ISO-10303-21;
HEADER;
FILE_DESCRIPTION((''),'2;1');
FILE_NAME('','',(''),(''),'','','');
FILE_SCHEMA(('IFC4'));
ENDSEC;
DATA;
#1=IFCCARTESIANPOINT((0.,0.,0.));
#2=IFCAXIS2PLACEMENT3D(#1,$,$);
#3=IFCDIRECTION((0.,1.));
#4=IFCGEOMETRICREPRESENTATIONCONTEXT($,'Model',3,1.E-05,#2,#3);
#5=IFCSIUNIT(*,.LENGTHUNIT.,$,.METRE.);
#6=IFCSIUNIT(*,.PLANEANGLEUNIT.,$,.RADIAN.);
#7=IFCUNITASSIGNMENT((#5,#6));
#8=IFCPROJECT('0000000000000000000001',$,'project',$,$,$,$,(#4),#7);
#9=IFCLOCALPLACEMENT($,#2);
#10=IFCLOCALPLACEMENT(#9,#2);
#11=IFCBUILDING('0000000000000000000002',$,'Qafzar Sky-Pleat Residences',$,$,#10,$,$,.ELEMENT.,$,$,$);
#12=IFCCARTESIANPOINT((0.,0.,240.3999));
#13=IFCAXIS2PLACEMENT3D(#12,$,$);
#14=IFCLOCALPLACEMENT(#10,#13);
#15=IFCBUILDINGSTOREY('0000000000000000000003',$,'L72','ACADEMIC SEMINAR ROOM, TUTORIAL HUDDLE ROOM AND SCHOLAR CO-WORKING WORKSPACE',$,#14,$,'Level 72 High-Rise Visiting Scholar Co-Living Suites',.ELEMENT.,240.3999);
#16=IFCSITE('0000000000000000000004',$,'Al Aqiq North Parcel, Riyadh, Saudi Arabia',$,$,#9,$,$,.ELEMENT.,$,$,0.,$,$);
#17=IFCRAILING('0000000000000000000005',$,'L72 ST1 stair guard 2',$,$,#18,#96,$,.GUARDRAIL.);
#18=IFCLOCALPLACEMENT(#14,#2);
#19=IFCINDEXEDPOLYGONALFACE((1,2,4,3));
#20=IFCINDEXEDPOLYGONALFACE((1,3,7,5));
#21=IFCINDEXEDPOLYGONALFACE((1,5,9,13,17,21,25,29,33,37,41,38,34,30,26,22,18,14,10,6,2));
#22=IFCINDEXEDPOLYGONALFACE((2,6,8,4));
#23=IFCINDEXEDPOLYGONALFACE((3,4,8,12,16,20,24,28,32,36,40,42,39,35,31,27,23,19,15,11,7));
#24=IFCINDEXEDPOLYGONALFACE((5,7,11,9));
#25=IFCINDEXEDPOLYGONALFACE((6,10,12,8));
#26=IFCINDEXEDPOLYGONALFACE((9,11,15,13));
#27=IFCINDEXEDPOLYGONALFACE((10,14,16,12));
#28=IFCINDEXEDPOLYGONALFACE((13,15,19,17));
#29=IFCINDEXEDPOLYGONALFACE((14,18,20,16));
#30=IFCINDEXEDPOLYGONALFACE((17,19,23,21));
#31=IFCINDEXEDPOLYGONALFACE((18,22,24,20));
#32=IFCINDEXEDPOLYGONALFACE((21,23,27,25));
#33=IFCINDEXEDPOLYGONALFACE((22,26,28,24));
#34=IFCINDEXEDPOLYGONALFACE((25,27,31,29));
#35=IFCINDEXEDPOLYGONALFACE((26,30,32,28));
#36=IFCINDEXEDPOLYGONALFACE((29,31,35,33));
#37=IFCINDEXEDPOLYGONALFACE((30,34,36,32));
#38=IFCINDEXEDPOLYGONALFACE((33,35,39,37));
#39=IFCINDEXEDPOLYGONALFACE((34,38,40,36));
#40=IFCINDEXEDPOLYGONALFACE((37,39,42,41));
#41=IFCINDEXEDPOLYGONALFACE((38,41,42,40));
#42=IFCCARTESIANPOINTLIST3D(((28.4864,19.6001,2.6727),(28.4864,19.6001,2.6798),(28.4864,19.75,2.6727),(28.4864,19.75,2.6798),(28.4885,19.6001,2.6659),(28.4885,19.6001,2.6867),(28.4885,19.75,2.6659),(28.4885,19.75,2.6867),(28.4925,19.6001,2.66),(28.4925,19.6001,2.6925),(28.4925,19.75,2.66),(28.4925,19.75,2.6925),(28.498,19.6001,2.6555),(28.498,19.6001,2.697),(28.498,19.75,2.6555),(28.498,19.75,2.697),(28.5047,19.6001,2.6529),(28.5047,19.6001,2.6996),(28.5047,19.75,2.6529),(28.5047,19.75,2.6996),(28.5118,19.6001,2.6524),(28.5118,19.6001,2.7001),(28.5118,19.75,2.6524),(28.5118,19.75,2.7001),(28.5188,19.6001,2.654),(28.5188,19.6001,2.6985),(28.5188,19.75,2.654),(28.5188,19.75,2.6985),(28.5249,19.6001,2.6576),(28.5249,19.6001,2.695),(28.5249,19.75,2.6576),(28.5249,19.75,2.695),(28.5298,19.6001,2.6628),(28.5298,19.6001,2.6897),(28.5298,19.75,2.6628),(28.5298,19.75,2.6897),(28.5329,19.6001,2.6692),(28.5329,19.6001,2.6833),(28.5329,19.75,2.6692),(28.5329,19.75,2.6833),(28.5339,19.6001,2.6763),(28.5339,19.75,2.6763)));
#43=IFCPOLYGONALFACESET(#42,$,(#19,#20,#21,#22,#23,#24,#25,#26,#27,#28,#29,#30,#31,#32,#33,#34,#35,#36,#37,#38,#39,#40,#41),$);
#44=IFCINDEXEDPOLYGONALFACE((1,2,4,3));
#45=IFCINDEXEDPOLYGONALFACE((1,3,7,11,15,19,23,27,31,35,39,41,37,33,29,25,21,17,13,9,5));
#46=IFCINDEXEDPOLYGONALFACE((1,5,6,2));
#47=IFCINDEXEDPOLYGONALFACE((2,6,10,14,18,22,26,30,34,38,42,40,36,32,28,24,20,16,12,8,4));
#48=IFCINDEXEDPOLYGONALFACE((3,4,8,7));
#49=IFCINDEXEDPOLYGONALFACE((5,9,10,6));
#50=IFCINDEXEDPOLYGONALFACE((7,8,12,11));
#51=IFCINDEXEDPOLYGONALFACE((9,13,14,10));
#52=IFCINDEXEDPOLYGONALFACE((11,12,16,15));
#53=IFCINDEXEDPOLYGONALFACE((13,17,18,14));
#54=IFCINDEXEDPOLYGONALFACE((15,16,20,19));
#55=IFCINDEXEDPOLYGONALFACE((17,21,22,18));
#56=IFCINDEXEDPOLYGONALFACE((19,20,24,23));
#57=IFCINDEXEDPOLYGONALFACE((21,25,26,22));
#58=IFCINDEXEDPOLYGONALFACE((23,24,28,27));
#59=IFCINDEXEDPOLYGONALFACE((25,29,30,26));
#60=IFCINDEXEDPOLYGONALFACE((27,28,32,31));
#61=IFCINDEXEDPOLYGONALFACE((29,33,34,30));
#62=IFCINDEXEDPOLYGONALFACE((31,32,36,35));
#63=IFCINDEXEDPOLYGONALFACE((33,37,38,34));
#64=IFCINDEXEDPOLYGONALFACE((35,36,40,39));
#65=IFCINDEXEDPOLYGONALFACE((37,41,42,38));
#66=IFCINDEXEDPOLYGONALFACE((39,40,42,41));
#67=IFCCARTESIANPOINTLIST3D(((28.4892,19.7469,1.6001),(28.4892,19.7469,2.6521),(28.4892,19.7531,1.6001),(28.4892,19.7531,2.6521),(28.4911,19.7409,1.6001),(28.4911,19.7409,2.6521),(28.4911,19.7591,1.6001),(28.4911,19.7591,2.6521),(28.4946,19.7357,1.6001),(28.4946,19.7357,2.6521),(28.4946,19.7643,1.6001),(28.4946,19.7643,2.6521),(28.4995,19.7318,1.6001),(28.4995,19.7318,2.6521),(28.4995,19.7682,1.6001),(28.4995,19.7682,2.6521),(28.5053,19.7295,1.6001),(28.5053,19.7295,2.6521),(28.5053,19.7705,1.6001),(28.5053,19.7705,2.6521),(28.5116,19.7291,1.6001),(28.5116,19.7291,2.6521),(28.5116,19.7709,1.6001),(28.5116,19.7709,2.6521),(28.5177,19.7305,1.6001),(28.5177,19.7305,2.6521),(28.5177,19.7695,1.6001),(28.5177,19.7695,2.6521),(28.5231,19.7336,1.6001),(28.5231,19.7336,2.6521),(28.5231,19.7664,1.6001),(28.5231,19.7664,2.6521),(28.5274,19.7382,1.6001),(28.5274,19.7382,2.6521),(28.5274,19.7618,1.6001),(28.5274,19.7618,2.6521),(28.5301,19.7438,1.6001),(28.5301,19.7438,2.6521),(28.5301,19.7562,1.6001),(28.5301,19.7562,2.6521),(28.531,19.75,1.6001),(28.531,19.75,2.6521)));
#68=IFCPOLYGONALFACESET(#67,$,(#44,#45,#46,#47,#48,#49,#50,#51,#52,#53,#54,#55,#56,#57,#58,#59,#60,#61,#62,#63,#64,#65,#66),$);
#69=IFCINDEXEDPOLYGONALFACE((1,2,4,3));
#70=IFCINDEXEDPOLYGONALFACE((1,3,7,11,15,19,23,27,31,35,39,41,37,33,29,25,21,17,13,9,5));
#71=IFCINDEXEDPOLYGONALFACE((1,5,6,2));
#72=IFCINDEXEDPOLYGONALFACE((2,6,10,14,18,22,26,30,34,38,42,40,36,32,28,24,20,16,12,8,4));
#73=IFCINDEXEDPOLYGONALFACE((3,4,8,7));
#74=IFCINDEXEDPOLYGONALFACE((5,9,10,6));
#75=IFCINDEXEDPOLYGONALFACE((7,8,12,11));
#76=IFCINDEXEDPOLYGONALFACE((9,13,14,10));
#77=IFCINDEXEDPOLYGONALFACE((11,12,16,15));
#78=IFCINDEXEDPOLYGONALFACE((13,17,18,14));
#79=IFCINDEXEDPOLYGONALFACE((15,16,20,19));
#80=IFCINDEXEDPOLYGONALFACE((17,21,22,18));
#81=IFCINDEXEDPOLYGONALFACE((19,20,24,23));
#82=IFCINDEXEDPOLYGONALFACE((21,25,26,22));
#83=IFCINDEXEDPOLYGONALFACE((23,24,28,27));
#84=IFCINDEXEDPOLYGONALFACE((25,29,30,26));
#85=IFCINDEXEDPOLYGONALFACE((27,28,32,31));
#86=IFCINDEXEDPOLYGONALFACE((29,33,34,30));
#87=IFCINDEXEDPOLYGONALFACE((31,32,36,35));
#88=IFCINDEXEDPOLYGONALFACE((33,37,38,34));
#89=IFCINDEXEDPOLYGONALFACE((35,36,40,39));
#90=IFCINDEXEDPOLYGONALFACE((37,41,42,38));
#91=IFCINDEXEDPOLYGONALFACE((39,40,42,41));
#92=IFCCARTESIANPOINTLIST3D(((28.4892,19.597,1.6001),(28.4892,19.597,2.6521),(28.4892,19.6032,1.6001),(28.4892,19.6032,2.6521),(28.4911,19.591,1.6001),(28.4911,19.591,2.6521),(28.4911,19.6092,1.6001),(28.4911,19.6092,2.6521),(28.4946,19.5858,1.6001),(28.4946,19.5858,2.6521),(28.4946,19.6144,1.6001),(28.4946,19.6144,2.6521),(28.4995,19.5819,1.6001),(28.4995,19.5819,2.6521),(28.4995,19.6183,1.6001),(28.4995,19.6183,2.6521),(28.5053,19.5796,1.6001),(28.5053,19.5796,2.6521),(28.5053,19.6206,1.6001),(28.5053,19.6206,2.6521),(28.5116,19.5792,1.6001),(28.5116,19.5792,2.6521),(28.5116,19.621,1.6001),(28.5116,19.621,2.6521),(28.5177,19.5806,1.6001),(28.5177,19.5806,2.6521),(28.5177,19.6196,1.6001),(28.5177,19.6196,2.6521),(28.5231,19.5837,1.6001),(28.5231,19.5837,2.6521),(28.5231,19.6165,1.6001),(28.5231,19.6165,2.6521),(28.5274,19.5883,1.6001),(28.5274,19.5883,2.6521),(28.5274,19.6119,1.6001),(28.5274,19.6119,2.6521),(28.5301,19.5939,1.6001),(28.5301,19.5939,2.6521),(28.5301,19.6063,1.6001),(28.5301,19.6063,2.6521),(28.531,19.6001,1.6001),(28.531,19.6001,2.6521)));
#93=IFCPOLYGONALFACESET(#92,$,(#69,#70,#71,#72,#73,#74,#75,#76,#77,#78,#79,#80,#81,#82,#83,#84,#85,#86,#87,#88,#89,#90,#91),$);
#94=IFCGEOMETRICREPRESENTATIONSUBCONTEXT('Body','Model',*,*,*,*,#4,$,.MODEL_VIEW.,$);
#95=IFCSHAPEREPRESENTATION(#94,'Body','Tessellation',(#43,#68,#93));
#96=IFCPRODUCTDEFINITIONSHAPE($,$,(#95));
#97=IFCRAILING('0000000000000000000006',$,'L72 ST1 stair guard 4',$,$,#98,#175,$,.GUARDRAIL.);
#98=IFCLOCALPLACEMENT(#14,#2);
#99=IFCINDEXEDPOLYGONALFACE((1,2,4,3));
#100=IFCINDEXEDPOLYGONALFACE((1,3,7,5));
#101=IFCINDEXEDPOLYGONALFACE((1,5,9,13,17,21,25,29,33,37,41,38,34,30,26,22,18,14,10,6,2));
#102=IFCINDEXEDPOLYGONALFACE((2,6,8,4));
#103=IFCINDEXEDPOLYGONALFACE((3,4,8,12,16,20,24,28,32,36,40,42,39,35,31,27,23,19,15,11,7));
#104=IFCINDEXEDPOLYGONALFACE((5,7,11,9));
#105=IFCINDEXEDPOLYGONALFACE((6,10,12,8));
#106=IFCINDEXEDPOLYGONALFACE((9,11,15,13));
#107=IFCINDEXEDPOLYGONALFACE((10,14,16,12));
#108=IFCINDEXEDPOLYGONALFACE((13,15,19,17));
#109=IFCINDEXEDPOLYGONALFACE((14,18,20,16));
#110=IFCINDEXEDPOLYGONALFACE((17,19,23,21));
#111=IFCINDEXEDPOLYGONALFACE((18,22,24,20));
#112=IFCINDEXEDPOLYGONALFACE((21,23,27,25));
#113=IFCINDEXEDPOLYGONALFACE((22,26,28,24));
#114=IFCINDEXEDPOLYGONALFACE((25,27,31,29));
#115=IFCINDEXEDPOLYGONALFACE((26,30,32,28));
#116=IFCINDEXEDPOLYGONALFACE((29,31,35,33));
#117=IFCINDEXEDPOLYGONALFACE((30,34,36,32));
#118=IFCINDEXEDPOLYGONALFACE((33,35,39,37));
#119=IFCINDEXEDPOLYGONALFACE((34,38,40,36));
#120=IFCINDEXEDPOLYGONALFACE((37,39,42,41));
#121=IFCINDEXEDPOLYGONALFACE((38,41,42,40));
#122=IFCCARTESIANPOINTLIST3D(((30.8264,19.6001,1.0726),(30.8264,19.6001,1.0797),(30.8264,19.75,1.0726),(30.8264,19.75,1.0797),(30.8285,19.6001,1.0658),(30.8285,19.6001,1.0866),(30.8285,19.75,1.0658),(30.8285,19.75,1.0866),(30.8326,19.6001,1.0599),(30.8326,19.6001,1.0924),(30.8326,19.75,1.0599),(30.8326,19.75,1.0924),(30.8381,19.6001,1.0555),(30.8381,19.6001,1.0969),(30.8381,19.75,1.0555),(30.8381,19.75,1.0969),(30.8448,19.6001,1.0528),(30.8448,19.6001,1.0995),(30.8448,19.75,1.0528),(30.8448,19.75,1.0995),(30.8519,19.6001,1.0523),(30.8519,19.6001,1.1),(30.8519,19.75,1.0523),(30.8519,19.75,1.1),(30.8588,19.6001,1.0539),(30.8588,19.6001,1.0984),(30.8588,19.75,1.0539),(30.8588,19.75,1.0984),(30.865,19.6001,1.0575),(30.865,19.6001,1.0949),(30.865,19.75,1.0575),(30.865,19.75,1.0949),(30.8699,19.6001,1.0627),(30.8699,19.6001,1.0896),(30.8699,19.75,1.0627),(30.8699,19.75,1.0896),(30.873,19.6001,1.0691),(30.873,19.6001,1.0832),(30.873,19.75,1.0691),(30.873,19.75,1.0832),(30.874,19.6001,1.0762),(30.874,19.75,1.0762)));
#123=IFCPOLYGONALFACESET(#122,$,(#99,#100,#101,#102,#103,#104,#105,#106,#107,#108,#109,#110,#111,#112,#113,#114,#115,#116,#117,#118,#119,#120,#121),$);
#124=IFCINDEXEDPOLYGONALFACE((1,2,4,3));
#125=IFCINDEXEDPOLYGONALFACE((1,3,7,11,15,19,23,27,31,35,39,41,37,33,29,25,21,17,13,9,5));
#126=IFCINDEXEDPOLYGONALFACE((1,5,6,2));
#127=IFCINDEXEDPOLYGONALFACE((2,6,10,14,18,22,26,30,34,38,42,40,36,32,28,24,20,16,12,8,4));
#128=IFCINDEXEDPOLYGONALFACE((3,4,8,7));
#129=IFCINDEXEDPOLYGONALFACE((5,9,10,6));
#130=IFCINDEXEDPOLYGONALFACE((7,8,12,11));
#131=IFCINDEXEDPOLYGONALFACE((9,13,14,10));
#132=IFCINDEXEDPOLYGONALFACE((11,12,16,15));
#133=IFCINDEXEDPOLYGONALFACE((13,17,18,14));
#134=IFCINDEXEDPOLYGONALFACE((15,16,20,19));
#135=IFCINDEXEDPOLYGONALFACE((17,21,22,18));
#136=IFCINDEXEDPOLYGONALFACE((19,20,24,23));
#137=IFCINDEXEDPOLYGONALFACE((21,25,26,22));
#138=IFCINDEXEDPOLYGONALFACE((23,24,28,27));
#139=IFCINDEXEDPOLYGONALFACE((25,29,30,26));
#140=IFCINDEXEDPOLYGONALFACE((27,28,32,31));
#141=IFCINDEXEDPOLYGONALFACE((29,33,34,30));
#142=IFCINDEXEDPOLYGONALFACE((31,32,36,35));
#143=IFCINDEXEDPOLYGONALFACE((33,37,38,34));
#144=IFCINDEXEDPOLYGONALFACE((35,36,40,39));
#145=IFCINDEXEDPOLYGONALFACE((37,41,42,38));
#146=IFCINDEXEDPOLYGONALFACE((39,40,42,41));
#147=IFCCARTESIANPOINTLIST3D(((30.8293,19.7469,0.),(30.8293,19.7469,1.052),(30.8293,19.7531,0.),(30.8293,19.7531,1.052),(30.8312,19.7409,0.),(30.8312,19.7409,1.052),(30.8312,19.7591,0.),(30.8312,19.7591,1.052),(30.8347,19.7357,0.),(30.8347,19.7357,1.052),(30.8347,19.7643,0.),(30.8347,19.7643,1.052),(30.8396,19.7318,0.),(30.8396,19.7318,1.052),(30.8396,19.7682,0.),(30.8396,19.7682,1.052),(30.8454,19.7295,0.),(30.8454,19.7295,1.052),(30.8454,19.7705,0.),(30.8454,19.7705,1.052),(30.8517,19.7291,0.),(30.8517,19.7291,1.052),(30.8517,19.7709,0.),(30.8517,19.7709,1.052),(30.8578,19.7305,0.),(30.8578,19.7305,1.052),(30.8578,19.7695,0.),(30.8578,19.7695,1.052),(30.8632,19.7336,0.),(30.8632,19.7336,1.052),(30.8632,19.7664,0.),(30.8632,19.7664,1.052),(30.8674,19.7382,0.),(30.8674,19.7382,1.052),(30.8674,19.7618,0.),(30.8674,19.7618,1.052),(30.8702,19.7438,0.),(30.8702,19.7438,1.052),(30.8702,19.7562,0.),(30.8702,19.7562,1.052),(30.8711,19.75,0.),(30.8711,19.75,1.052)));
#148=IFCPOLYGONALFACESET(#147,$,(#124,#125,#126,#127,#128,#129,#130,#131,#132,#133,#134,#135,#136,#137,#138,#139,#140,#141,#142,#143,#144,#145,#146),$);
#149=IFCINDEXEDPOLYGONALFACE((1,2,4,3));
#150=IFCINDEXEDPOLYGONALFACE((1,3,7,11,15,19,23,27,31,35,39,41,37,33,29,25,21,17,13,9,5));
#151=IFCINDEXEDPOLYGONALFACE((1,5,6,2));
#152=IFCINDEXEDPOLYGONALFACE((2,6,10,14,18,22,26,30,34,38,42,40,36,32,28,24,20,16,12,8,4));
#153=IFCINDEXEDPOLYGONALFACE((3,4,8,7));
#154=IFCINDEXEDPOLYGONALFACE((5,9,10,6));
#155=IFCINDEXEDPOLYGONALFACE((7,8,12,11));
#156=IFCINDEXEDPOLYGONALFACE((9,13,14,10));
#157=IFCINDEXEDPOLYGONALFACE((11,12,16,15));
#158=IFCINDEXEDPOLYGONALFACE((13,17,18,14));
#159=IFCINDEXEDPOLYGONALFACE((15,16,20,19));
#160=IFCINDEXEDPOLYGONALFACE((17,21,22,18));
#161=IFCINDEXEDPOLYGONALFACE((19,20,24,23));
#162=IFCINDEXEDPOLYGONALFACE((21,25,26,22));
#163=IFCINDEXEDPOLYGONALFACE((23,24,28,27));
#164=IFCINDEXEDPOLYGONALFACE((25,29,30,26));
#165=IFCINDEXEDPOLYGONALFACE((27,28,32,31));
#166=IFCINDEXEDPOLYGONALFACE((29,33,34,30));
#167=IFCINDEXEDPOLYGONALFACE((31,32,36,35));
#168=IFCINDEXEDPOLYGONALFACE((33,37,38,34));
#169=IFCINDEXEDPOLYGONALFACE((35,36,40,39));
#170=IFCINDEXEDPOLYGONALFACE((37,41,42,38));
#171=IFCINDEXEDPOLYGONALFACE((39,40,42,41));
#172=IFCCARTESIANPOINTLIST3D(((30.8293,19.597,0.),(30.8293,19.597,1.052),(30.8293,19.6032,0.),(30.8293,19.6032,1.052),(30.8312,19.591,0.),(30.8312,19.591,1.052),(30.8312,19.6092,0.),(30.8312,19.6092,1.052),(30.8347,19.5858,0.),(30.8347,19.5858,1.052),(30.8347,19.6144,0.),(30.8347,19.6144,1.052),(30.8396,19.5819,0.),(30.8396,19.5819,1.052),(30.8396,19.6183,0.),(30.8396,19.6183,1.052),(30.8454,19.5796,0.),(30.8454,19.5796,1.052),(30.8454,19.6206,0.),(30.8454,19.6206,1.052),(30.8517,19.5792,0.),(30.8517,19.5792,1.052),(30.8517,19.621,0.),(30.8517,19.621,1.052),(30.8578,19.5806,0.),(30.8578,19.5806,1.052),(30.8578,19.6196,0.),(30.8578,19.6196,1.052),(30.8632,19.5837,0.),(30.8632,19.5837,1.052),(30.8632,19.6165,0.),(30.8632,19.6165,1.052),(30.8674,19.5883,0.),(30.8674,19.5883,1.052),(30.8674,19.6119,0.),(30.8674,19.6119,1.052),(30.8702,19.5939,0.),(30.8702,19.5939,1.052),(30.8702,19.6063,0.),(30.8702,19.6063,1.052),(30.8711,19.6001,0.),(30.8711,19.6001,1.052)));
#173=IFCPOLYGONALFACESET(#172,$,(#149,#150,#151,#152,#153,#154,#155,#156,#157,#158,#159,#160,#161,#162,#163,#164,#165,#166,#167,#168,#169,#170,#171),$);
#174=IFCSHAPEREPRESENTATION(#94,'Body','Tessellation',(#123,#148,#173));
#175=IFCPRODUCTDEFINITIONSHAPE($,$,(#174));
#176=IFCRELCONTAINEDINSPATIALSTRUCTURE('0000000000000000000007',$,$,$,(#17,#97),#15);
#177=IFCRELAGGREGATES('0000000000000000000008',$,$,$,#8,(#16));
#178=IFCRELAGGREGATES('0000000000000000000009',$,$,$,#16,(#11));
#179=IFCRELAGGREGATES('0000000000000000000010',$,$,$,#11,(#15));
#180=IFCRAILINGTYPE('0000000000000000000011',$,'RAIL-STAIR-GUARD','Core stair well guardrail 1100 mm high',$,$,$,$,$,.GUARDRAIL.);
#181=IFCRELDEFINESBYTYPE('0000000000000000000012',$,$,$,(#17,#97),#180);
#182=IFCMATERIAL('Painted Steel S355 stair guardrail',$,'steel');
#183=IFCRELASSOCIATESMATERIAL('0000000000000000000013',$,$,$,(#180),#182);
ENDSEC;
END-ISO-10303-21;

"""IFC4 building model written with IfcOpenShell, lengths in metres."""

from ifc_helpers import new_model, si_unit, direction, frame, origin, origin_2d, place, context, subcontext, project, spatial, circle, extrude, source, transform, mapped, material, type_object, element, save


model = new_model("IFC4")

# Units and contexts
model_context = context("Model", 3, precision=1e-05, world=origin(), true_north=direction((0.0, 1.0)))
body_context = subcontext(model_context, "Body", "Model", "MODEL_VIEW")
ifc_project = project(units=[si_unit("LENGTHUNIT", "METRE"), si_unit("PLANEANGLEUNIT", "RADIAN")], contexts=[model_context])

# Site, building, storey
site_placement = place(None, origin())
site = spatial("IfcSite", under=ifc_project, at=site_placement, Name="Al Aqiq North Parcel, Riyadh, Saudi Arabia", CompositionType="ELEMENT", RefElevation=0.0)
building_placement = place(site_placement, origin())
building = spatial("IfcBuilding", under=site, at=building_placement, Name="Qafzar Sky-Pleat Residences", CompositionType="ELEMENT")
storey_placement = place(building_placement, frame((0.0, 0.0, 240.3999)))
storey = spatial("IfcBuildingStorey", under=building, at=storey_placement, Name="L72", Description="ACADEMIC SEMINAR ROOM, TUTORIAL HUDDLE ROOM AND SCHOLAR CO-WORKING WORKSPACE", LongName="Level 72 High-Rise Visiting Scholar Co-Living Suites", CompositionType="ELEMENT", Elevation=240.3999)

# Railings
ifc_material_1 = material(Name="Painted Steel S355 stair guardrail", Category="steel")
railing_type_1 = type_object("IfcRailingType", Name="RAIL-STAIR-GUARD", Description="Core stair well guardrail 1100 mm high", PredefinedType="GUARDRAIL", material=ifc_material_1)
shared_shape_1 = source(origin(), body_context, "Body", "SweptSolid", [
    extrude(circle(Radius=0.0239, at=origin_2d()), frame((0.0, 0.0, 1.0762), z_axis=(0.0, -1.0, 0.0), x_axis=(1.0, 0.0, 0.0)), (0.0, 0.0, 1.0), 0.1499),
    extrude(circle(Radius=0.021, at=origin_2d()), origin(), (0.0, 0.0, 1.0), 1.052),
    extrude(circle(Radius=0.021, at=origin_2d()), frame((0.0, -0.1499, 0.0)), (0.0, 0.0, 1.0), 1.052),
])
for number, where, name in (
    (1, (28.51, 19.75, 1.6001), "L72 ST1 stair guard 2"),
    (2, (30.8501, 19.75, 0.0), "L72 ST1 stair guard 4"),
):
    element("IfcRailing", number, at=place(storey_placement, frame(where)), inside=storey, type_object=railing_type_1, Name=name, PredefinedType="GUARDRAIL", context=body_context, shape_type="MappedRepresentation", body=[
        mapped(shared_shape_1, transform((0.0, 0.0, 0.0), x_axis=(1.0, 0.0, 0.0), y_axis=(0.0, 1.0, 0.0), z_axis=(0.0, 0.0, 1.0), scale=1.0)),
    ])

save(model, "model.ifc")
